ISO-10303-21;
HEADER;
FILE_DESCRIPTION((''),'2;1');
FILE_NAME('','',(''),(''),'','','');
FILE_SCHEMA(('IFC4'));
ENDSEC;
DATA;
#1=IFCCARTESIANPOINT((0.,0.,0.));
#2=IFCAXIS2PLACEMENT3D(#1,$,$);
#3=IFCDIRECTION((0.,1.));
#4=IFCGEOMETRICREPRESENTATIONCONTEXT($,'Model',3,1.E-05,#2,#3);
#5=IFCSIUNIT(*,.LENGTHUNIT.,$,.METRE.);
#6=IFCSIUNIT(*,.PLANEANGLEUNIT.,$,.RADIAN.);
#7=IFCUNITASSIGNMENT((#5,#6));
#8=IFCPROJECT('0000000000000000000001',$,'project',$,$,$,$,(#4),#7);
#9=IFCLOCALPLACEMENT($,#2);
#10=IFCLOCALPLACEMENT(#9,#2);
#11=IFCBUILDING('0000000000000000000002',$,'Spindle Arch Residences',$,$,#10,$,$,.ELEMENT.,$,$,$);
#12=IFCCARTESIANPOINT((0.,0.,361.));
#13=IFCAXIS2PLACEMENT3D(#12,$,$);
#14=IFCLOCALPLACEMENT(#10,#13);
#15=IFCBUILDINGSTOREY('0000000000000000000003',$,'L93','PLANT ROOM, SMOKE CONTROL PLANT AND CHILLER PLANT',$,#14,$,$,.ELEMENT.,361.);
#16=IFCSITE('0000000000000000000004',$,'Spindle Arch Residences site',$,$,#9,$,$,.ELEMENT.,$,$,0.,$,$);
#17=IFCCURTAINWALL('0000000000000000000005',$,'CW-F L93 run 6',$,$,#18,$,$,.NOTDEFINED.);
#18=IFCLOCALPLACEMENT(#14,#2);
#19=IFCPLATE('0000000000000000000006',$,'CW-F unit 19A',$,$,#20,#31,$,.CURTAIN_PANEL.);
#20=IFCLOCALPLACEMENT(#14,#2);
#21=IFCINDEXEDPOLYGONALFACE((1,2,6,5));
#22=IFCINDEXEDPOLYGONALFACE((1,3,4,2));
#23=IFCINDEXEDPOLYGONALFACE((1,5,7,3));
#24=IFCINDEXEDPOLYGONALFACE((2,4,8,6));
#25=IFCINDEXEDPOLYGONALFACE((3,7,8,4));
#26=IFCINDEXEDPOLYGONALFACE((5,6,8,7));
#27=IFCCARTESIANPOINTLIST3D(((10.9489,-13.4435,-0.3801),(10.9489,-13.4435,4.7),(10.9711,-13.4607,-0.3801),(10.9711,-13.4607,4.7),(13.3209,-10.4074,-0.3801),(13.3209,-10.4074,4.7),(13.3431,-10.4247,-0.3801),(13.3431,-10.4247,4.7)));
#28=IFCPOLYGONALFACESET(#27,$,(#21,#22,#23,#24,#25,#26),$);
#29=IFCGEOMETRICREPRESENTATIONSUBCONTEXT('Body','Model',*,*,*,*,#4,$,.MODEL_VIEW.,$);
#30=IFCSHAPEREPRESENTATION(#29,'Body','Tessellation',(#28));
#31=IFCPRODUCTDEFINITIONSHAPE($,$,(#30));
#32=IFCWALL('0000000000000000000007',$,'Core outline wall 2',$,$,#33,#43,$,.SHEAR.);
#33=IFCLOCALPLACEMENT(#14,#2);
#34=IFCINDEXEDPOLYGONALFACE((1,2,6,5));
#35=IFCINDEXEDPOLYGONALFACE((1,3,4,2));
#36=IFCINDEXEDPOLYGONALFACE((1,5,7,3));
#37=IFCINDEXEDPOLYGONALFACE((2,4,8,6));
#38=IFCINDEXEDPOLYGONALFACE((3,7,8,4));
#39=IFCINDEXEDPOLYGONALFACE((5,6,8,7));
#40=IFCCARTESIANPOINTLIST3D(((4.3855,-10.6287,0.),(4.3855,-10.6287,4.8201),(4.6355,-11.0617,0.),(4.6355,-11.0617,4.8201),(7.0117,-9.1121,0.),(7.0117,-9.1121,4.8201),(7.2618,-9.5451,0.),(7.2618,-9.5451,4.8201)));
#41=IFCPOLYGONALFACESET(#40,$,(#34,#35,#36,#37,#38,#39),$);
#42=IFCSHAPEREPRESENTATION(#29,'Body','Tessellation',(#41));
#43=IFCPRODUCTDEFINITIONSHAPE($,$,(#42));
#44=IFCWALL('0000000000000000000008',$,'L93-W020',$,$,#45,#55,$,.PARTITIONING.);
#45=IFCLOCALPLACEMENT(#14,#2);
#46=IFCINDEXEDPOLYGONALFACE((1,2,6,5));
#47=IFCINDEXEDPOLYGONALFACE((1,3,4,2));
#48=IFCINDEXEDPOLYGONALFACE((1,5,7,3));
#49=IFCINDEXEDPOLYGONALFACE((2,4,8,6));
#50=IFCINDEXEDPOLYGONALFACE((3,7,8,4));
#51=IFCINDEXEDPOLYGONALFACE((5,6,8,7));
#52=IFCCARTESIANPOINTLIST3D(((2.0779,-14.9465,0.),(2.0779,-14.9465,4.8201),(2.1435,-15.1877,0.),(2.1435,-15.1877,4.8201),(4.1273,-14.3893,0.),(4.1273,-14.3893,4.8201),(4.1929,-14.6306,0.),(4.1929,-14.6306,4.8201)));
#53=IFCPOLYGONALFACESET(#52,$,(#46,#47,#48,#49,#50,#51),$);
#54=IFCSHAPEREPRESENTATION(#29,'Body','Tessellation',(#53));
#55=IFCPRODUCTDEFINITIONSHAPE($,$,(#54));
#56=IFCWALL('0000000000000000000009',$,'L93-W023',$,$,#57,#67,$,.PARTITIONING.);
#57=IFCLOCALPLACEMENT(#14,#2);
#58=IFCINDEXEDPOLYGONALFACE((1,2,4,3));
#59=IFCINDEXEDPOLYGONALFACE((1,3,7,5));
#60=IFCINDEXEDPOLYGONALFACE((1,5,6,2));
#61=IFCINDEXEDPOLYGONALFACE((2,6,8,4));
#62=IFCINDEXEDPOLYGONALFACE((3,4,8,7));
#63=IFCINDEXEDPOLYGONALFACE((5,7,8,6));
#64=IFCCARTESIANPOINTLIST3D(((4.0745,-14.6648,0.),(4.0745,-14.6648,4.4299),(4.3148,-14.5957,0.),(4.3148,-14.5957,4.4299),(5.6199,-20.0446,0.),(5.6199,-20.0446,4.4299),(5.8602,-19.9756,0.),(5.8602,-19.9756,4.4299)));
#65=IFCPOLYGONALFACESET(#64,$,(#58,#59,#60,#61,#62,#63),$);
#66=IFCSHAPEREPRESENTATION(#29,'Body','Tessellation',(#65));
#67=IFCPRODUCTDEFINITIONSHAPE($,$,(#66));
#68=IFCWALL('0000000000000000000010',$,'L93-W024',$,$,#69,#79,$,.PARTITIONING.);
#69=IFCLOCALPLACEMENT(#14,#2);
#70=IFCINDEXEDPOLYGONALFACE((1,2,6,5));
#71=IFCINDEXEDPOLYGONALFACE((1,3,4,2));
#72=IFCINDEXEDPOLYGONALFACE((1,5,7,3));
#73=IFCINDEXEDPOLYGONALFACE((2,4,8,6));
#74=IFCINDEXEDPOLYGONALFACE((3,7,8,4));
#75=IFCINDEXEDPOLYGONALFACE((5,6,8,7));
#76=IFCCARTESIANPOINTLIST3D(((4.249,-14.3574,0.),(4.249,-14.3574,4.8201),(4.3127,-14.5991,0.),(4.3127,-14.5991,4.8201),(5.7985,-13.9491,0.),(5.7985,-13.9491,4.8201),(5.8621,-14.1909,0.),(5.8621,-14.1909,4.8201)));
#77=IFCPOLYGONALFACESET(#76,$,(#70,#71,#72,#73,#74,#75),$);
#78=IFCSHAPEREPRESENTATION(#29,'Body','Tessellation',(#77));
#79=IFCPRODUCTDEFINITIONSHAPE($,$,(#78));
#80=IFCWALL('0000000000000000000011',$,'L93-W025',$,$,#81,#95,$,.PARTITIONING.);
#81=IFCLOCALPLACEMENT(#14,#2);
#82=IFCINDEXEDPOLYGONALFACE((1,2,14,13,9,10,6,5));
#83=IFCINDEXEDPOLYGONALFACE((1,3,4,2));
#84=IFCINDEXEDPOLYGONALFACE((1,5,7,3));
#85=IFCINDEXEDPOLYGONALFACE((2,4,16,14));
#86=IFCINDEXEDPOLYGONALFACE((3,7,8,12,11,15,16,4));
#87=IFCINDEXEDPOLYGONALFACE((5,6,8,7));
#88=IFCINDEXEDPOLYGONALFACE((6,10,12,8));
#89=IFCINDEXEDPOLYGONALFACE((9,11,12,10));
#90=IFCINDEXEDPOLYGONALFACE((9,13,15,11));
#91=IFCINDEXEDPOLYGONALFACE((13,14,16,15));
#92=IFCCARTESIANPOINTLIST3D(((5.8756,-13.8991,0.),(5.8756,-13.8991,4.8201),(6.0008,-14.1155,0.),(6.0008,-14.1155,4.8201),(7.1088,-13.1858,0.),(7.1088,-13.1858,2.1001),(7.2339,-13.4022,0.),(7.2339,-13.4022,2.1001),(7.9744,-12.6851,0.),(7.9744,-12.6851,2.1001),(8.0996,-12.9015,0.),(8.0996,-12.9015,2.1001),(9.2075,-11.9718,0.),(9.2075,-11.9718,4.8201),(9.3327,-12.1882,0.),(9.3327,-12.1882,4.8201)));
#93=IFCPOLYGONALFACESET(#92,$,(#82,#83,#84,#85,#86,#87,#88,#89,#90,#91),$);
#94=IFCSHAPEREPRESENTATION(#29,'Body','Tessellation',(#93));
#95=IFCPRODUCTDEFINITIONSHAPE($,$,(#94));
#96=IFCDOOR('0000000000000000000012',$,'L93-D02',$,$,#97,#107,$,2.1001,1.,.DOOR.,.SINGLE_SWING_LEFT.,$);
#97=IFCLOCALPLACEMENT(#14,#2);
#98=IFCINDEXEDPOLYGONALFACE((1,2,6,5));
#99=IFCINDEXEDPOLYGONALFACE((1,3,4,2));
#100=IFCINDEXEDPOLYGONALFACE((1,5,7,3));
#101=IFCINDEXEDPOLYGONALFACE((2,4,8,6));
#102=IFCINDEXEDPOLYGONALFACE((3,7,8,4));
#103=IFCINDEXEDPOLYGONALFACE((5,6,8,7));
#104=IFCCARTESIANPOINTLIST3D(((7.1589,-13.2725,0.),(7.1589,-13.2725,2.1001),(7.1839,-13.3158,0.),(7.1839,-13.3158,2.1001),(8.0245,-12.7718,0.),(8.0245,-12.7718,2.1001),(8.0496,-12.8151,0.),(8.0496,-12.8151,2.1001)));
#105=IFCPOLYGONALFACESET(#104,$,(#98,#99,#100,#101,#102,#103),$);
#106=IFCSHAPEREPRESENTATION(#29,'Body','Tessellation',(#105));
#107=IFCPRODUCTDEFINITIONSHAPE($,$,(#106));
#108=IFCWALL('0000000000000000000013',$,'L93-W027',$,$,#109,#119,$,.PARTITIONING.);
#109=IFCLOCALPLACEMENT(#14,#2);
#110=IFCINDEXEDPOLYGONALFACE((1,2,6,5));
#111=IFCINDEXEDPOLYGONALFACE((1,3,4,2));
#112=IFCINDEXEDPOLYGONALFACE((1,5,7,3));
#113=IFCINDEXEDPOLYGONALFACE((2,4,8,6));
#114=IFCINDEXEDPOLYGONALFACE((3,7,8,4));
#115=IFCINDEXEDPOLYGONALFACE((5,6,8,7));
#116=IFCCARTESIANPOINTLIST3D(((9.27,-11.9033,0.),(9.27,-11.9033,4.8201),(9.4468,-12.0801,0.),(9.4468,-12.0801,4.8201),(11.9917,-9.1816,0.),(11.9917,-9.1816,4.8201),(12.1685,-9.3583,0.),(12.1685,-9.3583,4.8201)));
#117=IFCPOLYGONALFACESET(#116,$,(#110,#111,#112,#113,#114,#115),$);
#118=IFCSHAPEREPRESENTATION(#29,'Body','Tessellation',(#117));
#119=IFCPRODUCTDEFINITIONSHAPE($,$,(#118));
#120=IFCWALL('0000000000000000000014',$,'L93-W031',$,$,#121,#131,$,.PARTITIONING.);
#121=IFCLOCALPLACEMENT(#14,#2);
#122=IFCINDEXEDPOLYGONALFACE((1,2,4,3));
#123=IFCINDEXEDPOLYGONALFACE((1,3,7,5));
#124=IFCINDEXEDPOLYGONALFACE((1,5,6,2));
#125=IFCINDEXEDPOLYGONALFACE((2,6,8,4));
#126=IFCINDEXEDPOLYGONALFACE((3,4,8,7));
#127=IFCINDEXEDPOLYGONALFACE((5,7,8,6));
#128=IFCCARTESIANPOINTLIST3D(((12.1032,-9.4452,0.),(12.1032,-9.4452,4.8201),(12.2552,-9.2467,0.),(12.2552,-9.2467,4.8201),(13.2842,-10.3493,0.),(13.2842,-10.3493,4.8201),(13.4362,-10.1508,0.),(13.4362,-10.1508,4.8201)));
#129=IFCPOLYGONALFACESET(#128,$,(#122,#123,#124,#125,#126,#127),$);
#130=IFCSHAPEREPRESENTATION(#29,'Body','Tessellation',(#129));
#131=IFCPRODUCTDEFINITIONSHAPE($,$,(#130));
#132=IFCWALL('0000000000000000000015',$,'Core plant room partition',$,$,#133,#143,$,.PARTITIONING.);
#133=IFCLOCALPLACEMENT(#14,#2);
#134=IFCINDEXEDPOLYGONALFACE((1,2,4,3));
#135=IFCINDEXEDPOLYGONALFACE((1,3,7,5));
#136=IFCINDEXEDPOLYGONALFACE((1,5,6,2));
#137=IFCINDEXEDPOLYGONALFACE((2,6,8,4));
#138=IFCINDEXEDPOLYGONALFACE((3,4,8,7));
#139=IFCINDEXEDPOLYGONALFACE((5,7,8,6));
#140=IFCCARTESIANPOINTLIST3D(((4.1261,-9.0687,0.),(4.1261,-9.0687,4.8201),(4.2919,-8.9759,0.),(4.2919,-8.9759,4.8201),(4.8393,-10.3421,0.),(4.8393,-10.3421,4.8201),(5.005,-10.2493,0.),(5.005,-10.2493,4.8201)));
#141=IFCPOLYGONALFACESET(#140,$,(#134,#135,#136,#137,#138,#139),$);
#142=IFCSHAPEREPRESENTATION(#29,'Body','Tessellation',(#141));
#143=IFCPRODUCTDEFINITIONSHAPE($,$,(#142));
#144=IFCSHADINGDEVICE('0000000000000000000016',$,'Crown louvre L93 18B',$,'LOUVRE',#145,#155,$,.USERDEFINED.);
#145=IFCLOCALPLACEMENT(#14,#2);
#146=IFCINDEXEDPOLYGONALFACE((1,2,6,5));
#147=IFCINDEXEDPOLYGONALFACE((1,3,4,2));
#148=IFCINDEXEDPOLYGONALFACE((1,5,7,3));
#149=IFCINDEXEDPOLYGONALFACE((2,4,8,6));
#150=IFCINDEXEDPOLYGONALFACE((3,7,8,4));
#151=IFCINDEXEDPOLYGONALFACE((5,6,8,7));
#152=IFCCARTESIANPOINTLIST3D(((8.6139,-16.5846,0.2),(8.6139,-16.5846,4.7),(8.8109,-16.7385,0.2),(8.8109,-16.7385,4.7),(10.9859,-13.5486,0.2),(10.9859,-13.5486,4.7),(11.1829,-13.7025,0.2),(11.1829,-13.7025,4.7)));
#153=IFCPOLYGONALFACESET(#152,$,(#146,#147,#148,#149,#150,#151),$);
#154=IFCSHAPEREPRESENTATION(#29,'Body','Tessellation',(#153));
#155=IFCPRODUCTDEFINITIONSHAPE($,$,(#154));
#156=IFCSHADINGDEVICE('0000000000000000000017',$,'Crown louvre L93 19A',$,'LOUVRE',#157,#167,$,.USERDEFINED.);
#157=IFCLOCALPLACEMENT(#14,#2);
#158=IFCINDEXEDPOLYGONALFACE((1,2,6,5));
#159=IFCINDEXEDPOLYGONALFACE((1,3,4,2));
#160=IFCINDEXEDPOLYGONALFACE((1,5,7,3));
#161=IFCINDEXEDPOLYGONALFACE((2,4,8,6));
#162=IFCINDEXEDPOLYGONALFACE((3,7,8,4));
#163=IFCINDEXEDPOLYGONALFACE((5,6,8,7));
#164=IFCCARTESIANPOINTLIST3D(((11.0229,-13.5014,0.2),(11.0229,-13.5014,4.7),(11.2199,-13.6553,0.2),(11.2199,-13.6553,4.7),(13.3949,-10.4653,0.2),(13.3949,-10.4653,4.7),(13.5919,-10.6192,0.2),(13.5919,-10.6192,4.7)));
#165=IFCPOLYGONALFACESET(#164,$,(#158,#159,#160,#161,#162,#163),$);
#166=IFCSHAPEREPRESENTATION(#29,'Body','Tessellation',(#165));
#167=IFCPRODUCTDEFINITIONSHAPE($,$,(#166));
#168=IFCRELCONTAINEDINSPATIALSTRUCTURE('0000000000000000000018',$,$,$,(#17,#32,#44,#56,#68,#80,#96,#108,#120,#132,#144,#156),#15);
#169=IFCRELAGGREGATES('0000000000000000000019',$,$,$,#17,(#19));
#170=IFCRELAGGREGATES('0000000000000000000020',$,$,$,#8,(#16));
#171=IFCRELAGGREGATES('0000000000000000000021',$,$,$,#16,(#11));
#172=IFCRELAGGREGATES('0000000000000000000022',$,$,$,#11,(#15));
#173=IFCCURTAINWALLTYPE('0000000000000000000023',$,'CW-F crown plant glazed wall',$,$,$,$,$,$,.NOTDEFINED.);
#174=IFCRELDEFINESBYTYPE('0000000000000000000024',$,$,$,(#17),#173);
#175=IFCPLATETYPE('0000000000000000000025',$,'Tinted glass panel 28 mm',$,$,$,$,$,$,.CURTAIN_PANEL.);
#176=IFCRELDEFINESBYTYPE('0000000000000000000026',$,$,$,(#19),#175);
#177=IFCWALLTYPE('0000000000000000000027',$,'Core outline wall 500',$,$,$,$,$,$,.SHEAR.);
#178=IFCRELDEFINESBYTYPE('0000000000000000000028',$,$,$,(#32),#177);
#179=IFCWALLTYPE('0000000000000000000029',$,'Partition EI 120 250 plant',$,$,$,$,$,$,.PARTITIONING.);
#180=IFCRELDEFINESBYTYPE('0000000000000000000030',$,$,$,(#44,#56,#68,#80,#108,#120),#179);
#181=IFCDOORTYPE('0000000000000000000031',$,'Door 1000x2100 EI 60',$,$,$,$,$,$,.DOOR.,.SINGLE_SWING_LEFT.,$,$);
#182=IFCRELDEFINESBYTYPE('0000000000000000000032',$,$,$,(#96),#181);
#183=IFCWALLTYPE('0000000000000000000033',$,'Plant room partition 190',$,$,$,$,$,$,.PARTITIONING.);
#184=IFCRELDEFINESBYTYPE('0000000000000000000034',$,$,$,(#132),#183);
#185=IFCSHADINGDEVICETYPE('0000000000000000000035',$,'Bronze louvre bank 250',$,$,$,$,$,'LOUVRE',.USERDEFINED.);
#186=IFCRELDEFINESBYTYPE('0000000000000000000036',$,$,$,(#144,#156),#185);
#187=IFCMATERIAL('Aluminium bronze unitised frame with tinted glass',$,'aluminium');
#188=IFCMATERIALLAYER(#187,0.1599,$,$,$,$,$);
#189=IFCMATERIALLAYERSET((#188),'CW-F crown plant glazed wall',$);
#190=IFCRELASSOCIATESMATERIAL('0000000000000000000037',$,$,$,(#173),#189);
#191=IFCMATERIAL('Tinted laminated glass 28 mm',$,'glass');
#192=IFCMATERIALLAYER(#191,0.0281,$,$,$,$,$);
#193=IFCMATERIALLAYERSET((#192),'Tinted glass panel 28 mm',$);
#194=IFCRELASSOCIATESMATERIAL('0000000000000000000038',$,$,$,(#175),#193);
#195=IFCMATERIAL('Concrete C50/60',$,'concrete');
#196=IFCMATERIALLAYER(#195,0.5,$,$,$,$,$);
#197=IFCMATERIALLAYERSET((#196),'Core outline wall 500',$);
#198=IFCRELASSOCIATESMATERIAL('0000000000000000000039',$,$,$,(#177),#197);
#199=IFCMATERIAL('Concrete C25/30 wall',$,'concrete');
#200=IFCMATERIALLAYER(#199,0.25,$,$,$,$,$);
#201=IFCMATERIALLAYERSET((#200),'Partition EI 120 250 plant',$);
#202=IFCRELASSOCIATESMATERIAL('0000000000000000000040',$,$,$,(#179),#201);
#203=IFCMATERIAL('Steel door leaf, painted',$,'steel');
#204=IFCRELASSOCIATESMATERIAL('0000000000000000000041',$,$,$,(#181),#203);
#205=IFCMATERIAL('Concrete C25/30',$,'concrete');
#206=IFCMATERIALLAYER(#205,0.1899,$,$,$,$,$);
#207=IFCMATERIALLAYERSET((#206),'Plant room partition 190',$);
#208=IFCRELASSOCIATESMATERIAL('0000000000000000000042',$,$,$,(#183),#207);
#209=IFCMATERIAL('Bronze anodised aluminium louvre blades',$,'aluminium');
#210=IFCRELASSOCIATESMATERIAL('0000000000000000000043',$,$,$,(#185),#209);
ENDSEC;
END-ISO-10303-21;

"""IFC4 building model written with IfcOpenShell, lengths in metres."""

from ifc_helpers import new_model, si_unit, direction, frame, frame_2d, origin, origin_2d, place, context, subcontext, project, spatial, rectangle, extrude, material, layer, layer_set, type_object, element, fill, aggregate, save


model = new_model("IFC4")

# Units and contexts
model_context = context("Model", 3, precision=1e-05, world=origin(), true_north=direction((0.0, 1.0)))
body_context = subcontext(model_context, "Body", "Model", "MODEL_VIEW")
ifc_project = project(units=[si_unit("LENGTHUNIT", "METRE"), si_unit("PLANEANGLEUNIT", "RADIAN")], contexts=[model_context])

# Site, building, storey
site_placement = place(None, origin())
site = spatial("IfcSite", under=ifc_project, at=site_placement, Name="Spindle Arch Residences site", CompositionType="ELEMENT", RefElevation=0.0)
building_placement = place(site_placement, origin())
building = spatial("IfcBuilding", under=site, at=building_placement, Name="Spindle Arch Residences", CompositionType="ELEMENT")
storey_placement = place(building_placement, frame((0.0, 0.0, 361.0)))
storey = spatial("IfcBuildingStorey", under=building, at=storey_placement, Name="L93", Description="PLANT ROOM, SMOKE CONTROL PLANT AND CHILLER PLANT", CompositionType="ELEMENT", Elevation=361.0)

# Curtain wall
ifc_material_1 = material(Name="Aluminium bronze unitised frame with tinted glass", Category="aluminium")
ifc_layer_1 = layer(ifc_material_1, 0.1599)
ifc_layer_set_1 = layer_set([ifc_layer_1], Name="CW-F crown plant glazed wall")
curtain_wall_type = type_object("IfcCurtainWallType", Name="CW-F crown plant glazed wall", PredefinedType="NOTDEFINED", material=ifc_layer_set_1)
curtain_wall_placement = place(storey_placement, origin())
curtain_wall = element("IfcCurtainWall", 1, at=curtain_wall_placement, inside=storey, type_object=curtain_wall_type, Name="CW-F L93 run 6", PredefinedType="NOTDEFINED")

# Plate
ifc_material_2 = material(Name="Tinted laminated glass 28 mm", Category="glass")
ifc_layer_2 = layer(ifc_material_2, 0.0281)
ifc_layer_set_2 = layer_set([ifc_layer_2], Name="Tinted glass panel 28 mm")
plate_type = type_object("IfcPlateType", Name="Tinted glass panel 28 mm", PredefinedType="CURTAIN_PANEL", material=ifc_layer_set_2)
plate_1_placement = place(storey_placement, frame((12.146, -11.9341, -0.3801), z_axis=(0.0, 0.0, 1.0), x_axis=(0.615661, 0.788011, 0.0)))
plate_1 = element("IfcPlate", 2, at=plate_1_placement, type_object=plate_type, Name="CW-F unit 19A", PredefinedType="CURTAIN_PANEL", context=body_context, shape_type="SweptSolid", body=[
    extrude(rectangle(XDim=3.8528, YDim=0.0281, at=origin_2d()), origin(), (0.0, 0.0, 1.0), 5.0801),
])
aggregate(curtain_wall, [plate_1])

# Shared definitions
ifc_material_3 = material(Name="Concrete C50/60", Category="concrete")
ifc_layer_3 = layer(ifc_material_3, 0.5)
ifc_layer_set_3 = layer_set([ifc_layer_3], Name="Core outline wall 500")
wall_type_1 = type_object("IfcWallType", Name="Core outline wall 500", PredefinedType="SHEAR", material=ifc_layer_set_3)

# Wall
wall_1_placement = place(storey_placement, frame((4.5105, -10.8452, 0.0), z_axis=(0.0, 0.0, 1.0), x_axis=(0.865975, 0.500087, 0.0)))
element("IfcWall", 3, at=wall_1_placement, inside=storey, type_object=wall_type_1, Name="Core outline wall 2", PredefinedType="SHEAR", context=body_context, shape_type="SweptSolid", body=[
    extrude(rectangle(XDim=3.0327, YDim=0.5, at=frame_2d((1.5164, 0.0))), origin(), (0.0, 0.0, 1.0), 4.8201),
])

# Walls
ifc_material_4 = material(Name="Concrete C25/30 wall", Category="concrete")
ifc_layer_4 = layer(ifc_material_4, 0.25)
ifc_layer_set_4 = layer_set([ifc_layer_4], Name="Partition EI 120 250 plant")
wall_type_2 = type_object("IfcWallType", Name="Partition EI 120 250 plant", PredefinedType="PARTITIONING", material=ifc_layer_set_4)
wall_2_placement = place(storey_placement, frame((2.1106, -15.0671, 0.0), z_axis=(0.0, 0.0, 1.0), x_axis=(0.964976, 0.262339, 0.0)))
element("IfcWall", 4, at=wall_2_placement, inside=storey, type_object=wall_type_2, Name="L93-W020", PredefinedType="PARTITIONING", context=body_context, shape_type="SweptSolid", body=[
    extrude(rectangle(XDim=2.1238, YDim=0.25, at=frame_2d((1.062, 0.0))), origin(), (0.0, 0.0, 1.0), 4.8201),
])
wall_3_placement = place(storey_placement, frame((4.1946, -14.6301, 0.0), z_axis=(0.0, 0.0, 1.0), x_axis=(0.276092, -0.961131, 0.0)))
element("IfcWall", 5, at=wall_3_placement, inside=storey, type_object=wall_type_2, Name="L93-W023", PredefinedType="PARTITIONING", context=body_context, shape_type="SweptSolid", body=[
    extrude(rectangle(XDim=5.5974, YDim=0.25, at=frame_2d((2.7988, 0.0))), origin(), (0.0, 0.0, 1.0), 4.4299),
])
wall_4_placement = place(storey_placement, frame((4.2808, -14.4783, 0.0), z_axis=(0.0, 0.0, 1.0), x_axis=(0.966999, 0.254778, 0.0)))
element("IfcWall", 6, at=wall_4_placement, inside=storey, type_object=wall_type_2, Name="L93-W024", PredefinedType="PARTITIONING", context=body_context, shape_type="SweptSolid", body=[
    extrude(rectangle(XDim=1.6023, YDim=0.25, at=frame_2d((0.8013, 0.0))), origin(), (0.0, 0.0, 1.0), 4.8201),
])

# Wall, opening, door
wall_5_placement = place(storey_placement, frame((5.9382, -14.0073, 0.0), z_axis=(0.0, 0.0, 1.0), x_axis=(0.865616, 0.500709, 0.0)))
wall_5 = element("IfcWall", 7, at=wall_5_placement, inside=storey, type_object=wall_type_2, Name="L93-W025", PredefinedType="PARTITIONING", context=body_context, shape_type="SweptSolid", body=[
    extrude(rectangle(XDim=3.8491, YDim=0.25, at=frame_2d((1.9246, 0.0))), origin(), (0.0, 0.0, 1.0), 4.8201),
])
opening_1_placement = place(wall_5_placement, frame((1.4246, 0.0, 0.0)))
opening_1 = element("IfcOpeningElement", 8, at=opening_1_placement, cuts=wall_5, PredefinedType="OPENING", context=body_context, shape_type="SweptSolid", body=[
    extrude(rectangle(XDim=1.0, YDim=2.1001, at=frame_2d((0.5, 1.05))), frame((0.0, 0.135, 0.0), z_axis=(0.0, -1.0, 0.0), x_axis=(1.0, 0.0, 0.0)), (0.0, 0.0, 1.0), 0.27),
])
ifc_material_5 = material(Name="Steel door leaf, painted", Category="steel")
door_type_1 = type_object("IfcDoorType", Name="Door 1000x2100 EI 60", OperationType="SINGLE_SWING_LEFT", PredefinedType="DOOR", material=ifc_material_5)
door_1_placement = place(opening_1_placement, origin())
door_1 = element("IfcDoor", 9, at=door_1_placement, inside=storey, type_object=door_type_1, Name="L93-D02", OperationType="SINGLE_SWING_LEFT", OverallHeight=2.1001, OverallWidth=1.0, PredefinedType="DOOR", context=body_context, shape_type="SweptSolid", body=[
    extrude(rectangle(XDim=1.0, YDim=2.1001, at=frame_2d((0.5, 1.05))), frame((0.0, 0.0249, 0.0), z_axis=(0.0, -1.0, 0.0), x_axis=(1.0, 0.0, 0.0)), (0.0, 0.0, 1.0), 0.05),
])
fill(opening_1, door_1)

# Walls
wall_6_placement = place(storey_placement, frame((9.3584, -11.9917, 0.0), z_axis=(0.0, 0.0, 1.0), x_axis=(0.707107, 0.707107, 0.0)))
element("IfcWall", 10, at=wall_6_placement, inside=storey, type_object=wall_type_2, Name="L93-W027", PredefinedType="PARTITIONING", context=body_context, shape_type="SweptSolid", body=[
    extrude(rectangle(XDim=3.8491, YDim=0.25, at=frame_2d((1.9246, 0.0))), origin(), (0.0, 0.0, 1.0), 4.8201),
])
wall_7_placement = place(storey_placement, frame((12.1792, -9.3459, 0.0), z_axis=(0.0, 0.0, 1.0), x_axis=(0.794032, -0.607877, 0.0)))
element("IfcWall", 11, at=wall_7_placement, inside=storey, type_object=wall_type_2, Name="L93-W031", PredefinedType="PARTITIONING", context=body_context, shape_type="SweptSolid", body=[
    extrude(rectangle(XDim=1.4873, YDim=0.25, at=frame_2d((0.7437, 0.0))), origin(), (0.0, 0.0, 1.0), 4.8201),
])
ifc_material_6 = material(Name="Concrete C25/30", Category="concrete")
ifc_layer_5 = layer(ifc_material_6, 0.1899)
ifc_layer_set_5 = layer_set([ifc_layer_5], Name="Plant room partition 190")
wall_type_3 = type_object("IfcWallType", Name="Plant room partition 190", PredefinedType="PARTITIONING", material=ifc_layer_set_5)
wall_8_placement = place(storey_placement, frame((4.9221, -10.2957, 0.0), z_axis=(0.0, 0.0, 1.0), x_axis=(-0.488608, 0.872503, 0.0)))
element("IfcWall", 12, at=wall_8_placement, inside=storey, type_object=wall_type_3, Name="Core plant room partition", PredefinedType="PARTITIONING", context=body_context, shape_type="SweptSolid", body=[
    extrude(rectangle(XDim=1.4595, YDim=0.1899, at=frame_2d((0.7297, 0.0))), origin(), (0.0, 0.0, 1.0), 4.8201),
])

# Shading devices
ifc_material_7 = material(Name="Bronze anodised aluminium louvre blades", Category="aluminium")
shading_device_type = type_object("IfcShadingDeviceType", Name="Bronze louvre bank 250", ElementType="LOUVRE", PredefinedType="USERDEFINED", material=ifc_material_7)
for number, where, z_axis, x_axis, name in (
    (13, (9.8984, -15.1436, 0.2), (0.0, 0.0, 1.0), (0.615661, 0.788011, 0.0), "Crown louvre L93 18B"),
    (14, (12.3074, -12.0603, 0.2), (0.0, 0.0, 1.0), (0.615661, 0.788011, 0.0), "Crown louvre L93 19A"),
):
    element("IfcShadingDevice", number, at=place(storey_placement, frame(where, z_axis=z_axis, x_axis=x_axis)), inside=storey, type_object=shading_device_type, Name=name, ObjectType="LOUVRE", PredefinedType="USERDEFINED", context=body_context, shape_type="SweptSolid", body=[
        extrude(rectangle(XDim=3.8528, YDim=0.25, at=origin_2d()), origin(), (0.0, 0.0, 1.0), 4.5),
    ])

save(model, "model.ifc")
